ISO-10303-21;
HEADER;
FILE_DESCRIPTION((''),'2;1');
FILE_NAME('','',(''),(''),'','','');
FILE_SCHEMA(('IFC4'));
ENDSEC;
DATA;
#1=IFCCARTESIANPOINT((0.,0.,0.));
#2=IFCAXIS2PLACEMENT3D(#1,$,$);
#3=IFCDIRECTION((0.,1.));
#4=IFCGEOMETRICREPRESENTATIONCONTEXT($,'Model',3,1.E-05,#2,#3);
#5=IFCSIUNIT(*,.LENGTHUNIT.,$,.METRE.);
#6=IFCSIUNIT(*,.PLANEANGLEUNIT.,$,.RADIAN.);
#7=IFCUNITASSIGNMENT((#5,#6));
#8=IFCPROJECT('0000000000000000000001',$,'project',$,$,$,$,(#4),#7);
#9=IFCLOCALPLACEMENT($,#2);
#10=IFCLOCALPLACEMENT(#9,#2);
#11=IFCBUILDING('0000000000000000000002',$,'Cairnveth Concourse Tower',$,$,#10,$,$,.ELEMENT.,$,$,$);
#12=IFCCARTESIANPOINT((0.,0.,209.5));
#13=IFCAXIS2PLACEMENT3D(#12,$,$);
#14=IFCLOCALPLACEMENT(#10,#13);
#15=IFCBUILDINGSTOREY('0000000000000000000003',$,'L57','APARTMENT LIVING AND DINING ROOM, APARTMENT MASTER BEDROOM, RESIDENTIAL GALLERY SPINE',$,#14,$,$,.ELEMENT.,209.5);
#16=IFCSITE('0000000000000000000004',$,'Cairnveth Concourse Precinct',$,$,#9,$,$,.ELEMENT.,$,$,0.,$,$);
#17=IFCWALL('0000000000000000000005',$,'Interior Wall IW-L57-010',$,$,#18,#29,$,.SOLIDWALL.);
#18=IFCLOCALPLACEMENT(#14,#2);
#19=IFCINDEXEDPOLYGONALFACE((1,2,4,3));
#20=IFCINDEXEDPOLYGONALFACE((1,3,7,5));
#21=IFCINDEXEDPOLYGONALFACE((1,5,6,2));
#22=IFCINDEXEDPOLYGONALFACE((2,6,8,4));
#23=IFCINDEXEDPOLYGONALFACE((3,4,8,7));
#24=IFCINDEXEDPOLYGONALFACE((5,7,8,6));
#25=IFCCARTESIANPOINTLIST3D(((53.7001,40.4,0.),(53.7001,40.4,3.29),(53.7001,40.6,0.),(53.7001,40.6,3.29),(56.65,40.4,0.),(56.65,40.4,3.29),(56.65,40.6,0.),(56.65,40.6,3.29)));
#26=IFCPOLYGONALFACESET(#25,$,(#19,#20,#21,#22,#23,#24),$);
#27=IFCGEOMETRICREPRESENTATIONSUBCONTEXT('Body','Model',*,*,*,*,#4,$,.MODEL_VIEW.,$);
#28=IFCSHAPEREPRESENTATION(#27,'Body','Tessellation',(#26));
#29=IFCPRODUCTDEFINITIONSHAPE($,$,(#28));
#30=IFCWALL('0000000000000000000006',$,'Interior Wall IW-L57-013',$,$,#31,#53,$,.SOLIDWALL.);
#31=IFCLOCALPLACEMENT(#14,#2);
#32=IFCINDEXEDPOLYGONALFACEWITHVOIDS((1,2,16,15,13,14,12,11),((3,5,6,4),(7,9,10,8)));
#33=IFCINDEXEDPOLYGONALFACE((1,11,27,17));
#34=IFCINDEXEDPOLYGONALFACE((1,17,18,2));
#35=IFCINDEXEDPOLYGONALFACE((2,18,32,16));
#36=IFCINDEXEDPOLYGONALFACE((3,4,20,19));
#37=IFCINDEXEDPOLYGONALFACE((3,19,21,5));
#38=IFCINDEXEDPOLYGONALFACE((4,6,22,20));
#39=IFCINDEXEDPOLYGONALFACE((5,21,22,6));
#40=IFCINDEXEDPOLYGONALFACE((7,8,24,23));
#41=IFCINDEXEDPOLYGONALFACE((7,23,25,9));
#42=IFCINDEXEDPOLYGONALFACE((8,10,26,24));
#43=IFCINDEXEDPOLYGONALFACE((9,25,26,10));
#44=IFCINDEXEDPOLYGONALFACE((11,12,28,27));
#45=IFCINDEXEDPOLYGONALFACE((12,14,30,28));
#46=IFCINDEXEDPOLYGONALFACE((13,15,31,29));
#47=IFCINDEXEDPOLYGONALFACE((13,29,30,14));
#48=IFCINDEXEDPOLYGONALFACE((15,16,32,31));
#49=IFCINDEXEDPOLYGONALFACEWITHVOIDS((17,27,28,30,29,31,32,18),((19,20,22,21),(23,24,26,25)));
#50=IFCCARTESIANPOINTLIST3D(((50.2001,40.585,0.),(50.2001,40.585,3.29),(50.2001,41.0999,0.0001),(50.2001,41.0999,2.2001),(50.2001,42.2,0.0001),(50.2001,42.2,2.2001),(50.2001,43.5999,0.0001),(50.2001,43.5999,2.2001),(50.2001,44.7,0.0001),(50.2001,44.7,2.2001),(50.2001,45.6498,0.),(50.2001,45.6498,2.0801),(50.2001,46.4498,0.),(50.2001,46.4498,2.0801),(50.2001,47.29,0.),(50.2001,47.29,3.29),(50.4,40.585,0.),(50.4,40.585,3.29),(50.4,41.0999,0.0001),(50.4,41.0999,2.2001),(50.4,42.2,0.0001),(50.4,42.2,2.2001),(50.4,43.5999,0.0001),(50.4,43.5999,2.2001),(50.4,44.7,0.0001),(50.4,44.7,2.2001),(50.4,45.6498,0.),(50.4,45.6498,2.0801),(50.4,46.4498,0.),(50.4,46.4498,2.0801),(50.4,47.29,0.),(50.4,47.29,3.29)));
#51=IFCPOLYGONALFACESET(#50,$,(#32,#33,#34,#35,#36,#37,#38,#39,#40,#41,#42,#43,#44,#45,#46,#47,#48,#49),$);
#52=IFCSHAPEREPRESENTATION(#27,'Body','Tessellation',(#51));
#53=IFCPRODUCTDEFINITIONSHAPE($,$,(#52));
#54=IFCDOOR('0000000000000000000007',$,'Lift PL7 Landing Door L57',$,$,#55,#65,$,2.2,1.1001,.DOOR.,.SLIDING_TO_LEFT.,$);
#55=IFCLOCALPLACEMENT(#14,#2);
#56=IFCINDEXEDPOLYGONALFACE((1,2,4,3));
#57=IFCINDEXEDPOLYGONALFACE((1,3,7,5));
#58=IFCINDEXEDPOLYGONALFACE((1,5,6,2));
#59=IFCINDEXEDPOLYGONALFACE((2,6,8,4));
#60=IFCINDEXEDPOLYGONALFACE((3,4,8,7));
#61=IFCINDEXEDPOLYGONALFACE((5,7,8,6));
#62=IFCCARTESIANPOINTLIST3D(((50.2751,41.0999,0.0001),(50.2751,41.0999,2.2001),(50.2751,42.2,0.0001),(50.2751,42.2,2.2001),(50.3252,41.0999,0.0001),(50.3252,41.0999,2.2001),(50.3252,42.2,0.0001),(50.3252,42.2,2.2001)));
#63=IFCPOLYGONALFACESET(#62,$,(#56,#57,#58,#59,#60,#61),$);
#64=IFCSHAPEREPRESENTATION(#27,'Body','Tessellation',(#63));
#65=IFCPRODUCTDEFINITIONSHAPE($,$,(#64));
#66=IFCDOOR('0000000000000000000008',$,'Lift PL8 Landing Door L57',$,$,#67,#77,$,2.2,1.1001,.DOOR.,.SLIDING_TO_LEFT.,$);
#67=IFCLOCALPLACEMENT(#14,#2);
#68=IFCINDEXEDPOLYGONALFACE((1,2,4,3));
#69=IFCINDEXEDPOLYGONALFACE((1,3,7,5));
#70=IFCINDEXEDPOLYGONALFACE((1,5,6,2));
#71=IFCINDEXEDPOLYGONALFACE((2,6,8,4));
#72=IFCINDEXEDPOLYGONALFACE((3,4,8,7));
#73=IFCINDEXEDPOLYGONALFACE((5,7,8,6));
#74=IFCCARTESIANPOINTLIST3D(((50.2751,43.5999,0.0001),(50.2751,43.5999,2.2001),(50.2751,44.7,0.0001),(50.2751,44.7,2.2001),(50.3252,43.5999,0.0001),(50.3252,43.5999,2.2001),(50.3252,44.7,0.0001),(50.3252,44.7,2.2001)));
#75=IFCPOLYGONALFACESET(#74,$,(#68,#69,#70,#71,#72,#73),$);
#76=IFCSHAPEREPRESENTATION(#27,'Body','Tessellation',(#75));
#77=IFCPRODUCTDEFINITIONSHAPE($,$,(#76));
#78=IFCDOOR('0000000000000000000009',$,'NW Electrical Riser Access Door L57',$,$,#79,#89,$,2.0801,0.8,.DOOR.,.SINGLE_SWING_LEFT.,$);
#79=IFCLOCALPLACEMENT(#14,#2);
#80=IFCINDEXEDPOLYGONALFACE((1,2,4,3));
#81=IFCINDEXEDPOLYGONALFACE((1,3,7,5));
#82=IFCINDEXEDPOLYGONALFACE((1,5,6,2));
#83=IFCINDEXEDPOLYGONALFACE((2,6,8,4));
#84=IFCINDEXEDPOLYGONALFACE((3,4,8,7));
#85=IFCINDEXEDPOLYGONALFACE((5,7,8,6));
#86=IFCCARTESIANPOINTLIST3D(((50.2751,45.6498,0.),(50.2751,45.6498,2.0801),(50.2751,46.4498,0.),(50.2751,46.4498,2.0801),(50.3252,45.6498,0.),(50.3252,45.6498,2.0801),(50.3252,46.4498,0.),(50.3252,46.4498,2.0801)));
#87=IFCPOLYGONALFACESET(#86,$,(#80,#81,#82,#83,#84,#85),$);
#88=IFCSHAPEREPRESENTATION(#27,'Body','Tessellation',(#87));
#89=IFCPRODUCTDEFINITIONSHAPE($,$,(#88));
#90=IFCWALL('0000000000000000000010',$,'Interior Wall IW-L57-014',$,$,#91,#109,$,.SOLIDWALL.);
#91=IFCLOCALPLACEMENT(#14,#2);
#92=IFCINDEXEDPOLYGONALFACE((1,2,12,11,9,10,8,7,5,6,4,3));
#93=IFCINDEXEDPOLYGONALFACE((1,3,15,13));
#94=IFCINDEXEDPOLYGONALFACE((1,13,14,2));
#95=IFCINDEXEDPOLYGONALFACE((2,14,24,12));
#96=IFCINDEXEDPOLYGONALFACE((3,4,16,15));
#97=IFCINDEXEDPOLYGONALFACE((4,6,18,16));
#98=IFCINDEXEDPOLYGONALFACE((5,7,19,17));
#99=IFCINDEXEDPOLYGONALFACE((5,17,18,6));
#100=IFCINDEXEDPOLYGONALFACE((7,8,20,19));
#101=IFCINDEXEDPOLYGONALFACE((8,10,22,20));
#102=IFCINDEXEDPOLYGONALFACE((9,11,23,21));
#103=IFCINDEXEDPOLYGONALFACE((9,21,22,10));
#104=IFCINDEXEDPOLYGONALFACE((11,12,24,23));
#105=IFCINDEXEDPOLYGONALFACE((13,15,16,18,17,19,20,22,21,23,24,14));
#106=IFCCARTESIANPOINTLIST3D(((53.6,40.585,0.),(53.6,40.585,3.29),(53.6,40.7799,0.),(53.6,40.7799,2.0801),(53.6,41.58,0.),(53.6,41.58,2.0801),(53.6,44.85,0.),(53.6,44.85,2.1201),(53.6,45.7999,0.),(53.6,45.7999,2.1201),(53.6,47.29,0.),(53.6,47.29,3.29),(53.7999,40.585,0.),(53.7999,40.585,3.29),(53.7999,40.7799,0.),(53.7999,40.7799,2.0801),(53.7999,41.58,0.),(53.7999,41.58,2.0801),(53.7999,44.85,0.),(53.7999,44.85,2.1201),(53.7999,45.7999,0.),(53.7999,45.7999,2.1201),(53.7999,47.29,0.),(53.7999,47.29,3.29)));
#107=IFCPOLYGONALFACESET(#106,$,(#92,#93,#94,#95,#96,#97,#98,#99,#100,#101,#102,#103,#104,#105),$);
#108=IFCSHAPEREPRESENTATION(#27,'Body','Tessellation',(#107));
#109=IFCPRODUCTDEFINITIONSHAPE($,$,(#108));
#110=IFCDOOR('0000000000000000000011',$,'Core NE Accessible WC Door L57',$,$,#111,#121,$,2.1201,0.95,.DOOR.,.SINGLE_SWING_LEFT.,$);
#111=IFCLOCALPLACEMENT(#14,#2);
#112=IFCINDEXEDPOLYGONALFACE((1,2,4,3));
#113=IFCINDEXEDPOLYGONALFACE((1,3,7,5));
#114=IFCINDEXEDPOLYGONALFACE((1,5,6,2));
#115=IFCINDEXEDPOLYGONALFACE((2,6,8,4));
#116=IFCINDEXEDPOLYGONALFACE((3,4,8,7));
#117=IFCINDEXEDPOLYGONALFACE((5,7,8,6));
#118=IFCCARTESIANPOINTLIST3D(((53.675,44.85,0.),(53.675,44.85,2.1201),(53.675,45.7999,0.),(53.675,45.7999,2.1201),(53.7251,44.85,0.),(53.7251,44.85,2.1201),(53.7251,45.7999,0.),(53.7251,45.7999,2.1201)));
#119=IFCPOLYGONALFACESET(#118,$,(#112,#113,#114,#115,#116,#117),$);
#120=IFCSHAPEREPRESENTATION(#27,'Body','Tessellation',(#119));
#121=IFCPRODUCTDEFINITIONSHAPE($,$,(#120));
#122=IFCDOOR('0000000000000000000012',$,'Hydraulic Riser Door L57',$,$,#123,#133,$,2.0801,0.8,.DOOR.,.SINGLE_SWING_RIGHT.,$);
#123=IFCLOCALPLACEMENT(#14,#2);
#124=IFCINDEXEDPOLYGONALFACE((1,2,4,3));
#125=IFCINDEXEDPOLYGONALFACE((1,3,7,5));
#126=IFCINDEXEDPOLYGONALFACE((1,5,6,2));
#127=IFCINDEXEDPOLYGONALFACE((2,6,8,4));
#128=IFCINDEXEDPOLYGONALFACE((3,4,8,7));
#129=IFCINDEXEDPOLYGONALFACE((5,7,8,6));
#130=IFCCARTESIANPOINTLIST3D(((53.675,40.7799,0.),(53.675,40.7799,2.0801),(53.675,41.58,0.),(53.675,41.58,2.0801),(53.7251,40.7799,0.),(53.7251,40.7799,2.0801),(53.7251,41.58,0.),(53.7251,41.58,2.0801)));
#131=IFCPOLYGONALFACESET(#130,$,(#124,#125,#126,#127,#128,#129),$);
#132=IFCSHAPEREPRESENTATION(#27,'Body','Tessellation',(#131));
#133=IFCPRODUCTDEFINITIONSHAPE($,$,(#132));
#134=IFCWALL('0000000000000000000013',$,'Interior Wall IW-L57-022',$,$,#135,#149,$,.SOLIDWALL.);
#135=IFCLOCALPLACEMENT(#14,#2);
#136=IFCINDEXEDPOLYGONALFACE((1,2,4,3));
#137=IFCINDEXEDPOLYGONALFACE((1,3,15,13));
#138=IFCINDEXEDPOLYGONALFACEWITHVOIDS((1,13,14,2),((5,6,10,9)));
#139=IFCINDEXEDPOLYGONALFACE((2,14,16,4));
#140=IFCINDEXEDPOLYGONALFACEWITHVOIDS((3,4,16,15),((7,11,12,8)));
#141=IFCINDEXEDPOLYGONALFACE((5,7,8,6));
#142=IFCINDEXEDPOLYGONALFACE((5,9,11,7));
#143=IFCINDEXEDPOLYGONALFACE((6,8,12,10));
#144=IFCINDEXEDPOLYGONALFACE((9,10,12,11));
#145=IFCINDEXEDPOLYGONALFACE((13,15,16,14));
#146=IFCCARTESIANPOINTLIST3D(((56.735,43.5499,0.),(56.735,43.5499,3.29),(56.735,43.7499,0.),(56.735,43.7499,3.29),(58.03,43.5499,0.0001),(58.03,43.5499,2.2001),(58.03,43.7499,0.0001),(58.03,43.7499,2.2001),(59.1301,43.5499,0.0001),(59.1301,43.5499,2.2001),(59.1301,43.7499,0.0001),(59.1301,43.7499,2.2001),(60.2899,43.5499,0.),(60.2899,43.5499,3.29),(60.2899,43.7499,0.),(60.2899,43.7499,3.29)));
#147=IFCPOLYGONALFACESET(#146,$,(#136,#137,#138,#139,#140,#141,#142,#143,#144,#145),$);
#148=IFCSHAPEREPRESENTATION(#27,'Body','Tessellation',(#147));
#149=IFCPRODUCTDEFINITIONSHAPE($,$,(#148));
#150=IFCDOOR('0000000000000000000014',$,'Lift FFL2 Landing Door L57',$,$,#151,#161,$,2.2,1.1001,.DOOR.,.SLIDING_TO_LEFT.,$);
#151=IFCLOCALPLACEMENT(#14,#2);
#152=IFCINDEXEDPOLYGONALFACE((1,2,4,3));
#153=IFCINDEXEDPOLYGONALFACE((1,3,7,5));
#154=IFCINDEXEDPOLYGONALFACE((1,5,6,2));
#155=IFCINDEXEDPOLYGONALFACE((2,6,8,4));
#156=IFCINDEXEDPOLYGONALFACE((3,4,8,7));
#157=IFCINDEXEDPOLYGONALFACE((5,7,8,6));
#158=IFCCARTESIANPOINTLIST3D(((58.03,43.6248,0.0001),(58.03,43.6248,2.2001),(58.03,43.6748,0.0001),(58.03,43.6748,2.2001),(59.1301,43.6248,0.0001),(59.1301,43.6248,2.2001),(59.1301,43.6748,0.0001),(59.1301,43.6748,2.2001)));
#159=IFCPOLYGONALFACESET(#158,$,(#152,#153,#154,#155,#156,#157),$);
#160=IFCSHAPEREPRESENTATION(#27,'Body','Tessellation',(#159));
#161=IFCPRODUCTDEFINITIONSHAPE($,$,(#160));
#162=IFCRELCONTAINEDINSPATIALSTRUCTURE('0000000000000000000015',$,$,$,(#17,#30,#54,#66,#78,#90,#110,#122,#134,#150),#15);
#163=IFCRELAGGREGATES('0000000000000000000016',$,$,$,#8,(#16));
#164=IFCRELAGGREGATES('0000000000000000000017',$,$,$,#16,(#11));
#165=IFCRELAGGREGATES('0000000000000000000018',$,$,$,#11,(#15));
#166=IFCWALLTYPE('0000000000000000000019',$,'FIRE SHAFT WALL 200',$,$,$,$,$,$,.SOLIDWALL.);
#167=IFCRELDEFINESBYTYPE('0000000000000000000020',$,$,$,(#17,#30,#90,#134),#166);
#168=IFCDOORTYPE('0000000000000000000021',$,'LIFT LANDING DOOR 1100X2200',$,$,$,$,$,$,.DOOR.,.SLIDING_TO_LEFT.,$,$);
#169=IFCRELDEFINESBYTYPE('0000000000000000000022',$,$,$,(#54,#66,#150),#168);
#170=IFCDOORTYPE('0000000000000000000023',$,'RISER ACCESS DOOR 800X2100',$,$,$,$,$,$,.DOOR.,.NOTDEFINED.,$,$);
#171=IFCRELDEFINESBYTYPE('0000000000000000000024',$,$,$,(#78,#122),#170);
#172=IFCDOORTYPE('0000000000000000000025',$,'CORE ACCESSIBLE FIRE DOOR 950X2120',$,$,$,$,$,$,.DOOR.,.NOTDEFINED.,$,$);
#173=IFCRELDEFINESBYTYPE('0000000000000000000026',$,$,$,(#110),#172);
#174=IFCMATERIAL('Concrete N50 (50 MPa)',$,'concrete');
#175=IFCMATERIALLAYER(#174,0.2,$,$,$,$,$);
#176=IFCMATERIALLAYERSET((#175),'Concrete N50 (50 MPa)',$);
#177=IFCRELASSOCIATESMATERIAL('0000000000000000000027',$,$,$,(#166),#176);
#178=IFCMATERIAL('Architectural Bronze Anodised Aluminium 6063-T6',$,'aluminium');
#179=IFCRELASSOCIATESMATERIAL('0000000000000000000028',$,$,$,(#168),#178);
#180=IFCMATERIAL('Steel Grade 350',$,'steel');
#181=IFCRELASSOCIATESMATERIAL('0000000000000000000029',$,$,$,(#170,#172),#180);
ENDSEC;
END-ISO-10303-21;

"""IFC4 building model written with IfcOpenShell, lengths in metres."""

from ifc_helpers import new_model, si_unit, direction, frame, frame_2d, origin, place, context, subcontext, project, spatial, rectangle, extrude, material, layer, layer_set, type_object, element, fill, save


model = new_model("IFC4")

# Units and contexts
model_context = context("Model", 3, precision=1e-05, world=origin(), true_north=direction((0.0, 1.0)))
body_context = subcontext(model_context, "Body", "Model", "MODEL_VIEW")
ifc_project = project(units=[si_unit("LENGTHUNIT", "METRE"), si_unit("PLANEANGLEUNIT", "RADIAN")], contexts=[model_context])

# Site, building, storey
site_placement = place(None, origin())
site = spatial("IfcSite", under=ifc_project, at=site_placement, Name="Cairnveth Concourse Precinct", CompositionType="ELEMENT", RefElevation=0.0)
building_placement = place(site_placement, origin())
building = spatial("IfcBuilding", under=site, at=building_placement, Name="Cairnveth Concourse Tower", CompositionType="ELEMENT")
storey_placement = place(building_placement, frame((0.0, 0.0, 209.5)))
storey = spatial("IfcBuildingStorey", under=building, at=storey_placement, Name="L57", Description="APARTMENT LIVING AND DINING ROOM, APARTMENT MASTER BEDROOM, RESIDENTIAL GALLERY SPINE", CompositionType="ELEMENT", Elevation=209.5)

# Shared definitions
ifc_material_1 = material(Name="Steel Grade 350", Category="steel")

# Wall
ifc_material_2 = material(Name="Concrete N50 (50 MPa)", Category="concrete")
ifc_layer_1 = layer(ifc_material_2, 0.2)
ifc_layer_set_1 = layer_set([ifc_layer_1], Name="Concrete N50 (50 MPa)")
wall_type_1 = type_object("IfcWallType", Name="FIRE SHAFT WALL 200", PredefinedType="SOLIDWALL", material=ifc_layer_set_1)
wall_1_placement = place(storey_placement, frame((53.7, 40.5, 0.0), z_axis=(0.0, 0.0, 1.0), x_axis=(1.0, 0.0, 0.0)))
element("IfcWall", 1, at=wall_1_placement, inside=storey, type_object=wall_type_1, Name="Interior Wall IW-L57-010", PredefinedType="SOLIDWALL", context=body_context, shape_type="SweptSolid", body=[
    extrude(rectangle(XDim=2.95, YDim=0.2, at=frame_2d((1.4751, 0.0))), origin(), (0.0, 0.0, 1.0), 3.29),
])

# Walls, openings, doors
wall_2_placement = place(storey_placement, frame((50.3, 40.585, 0.0), z_axis=(0.0, 0.0, 1.0), x_axis=(0.0, 1.0, 0.0)))
wall_2 = element("IfcWall", 2, at=wall_2_placement, inside=storey, type_object=wall_type_1, Name="Interior Wall IW-L57-013", PredefinedType="SOLIDWALL", context=body_context, shape_type="SweptSolid", body=[
    extrude(rectangle(XDim=6.7051, YDim=0.2, at=frame_2d((3.3525, 0.0))), origin(), (0.0, 0.0, 1.0), 3.29),
])
opening_1_placement = place(wall_2_placement, frame((0.5149, 0.0, 0.0)))
opening_1 = element("IfcOpeningElement", 3, at=opening_1_placement, cuts=wall_2, PredefinedType="OPENING", context=body_context, shape_type="SweptSolid", body=[
    extrude(rectangle(XDim=1.1001, YDim=2.2, at=frame_2d((0.55, 1.1001))), frame((0.0, 0.1099, 0.0), z_axis=(0.0, -1.0, 0.0), x_axis=(1.0, 0.0, 0.0)), (0.0, 0.0, 1.0), 0.22),
])
opening_2_placement = place(wall_2_placement, frame((3.0149, 0.0, 0.0)))
opening_2 = element("IfcOpeningElement", 4, at=opening_2_placement, cuts=wall_2, PredefinedType="OPENING", context=body_context, shape_type="SweptSolid", body=[
    extrude(rectangle(XDim=1.1001, YDim=2.2, at=frame_2d((0.55, 1.1001))), frame((0.0, 0.1099, 0.0), z_axis=(0.0, -1.0, 0.0), x_axis=(1.0, 0.0, 0.0)), (0.0, 0.0, 1.0), 0.22),
])
opening_3_placement = place(wall_2_placement, frame((5.0649, 0.0, 0.0)))
opening_3 = element("IfcOpeningElement", 5, at=opening_3_placement, cuts=wall_2, PredefinedType="OPENING", context=body_context, shape_type="SweptSolid", body=[
    extrude(rectangle(XDim=0.8, YDim=2.0801, at=frame_2d((0.3999, 1.04))), frame((0.0, 0.1099, 0.0), z_axis=(0.0, -1.0, 0.0), x_axis=(1.0, 0.0, 0.0)), (0.0, 0.0, 1.0), 0.22),
])
ifc_material_3 = material(Name="Architectural Bronze Anodised Aluminium 6063-T6", Category="aluminium")
door_type_1 = type_object("IfcDoorType", Name="LIFT LANDING DOOR 1100X2200", OperationType="SLIDING_TO_LEFT", PredefinedType="DOOR", material=ifc_material_3)
door_1_placement = place(opening_1_placement, origin())
door_1 = element("IfcDoor", 6, at=door_1_placement, inside=storey, type_object=door_type_1, Name="Lift PL7 Landing Door L57", OperationType="SLIDING_TO_LEFT", OverallHeight=2.2, OverallWidth=1.1001, PredefinedType="DOOR", context=body_context, shape_type="SweptSolid", body=[
    extrude(rectangle(XDim=1.1001, YDim=2.2, at=frame_2d((0.55, 1.1001))), frame((0.0, 0.0249, 0.0), z_axis=(0.0, -1.0, 0.0), x_axis=(1.0, 0.0, 0.0)), (0.0, 0.0, 1.0), 0.05),
])
fill(opening_1, door_1)
door_2_placement = place(opening_2_placement, origin())
door_2 = element("IfcDoor", 7, at=door_2_placement, inside=storey, type_object=door_type_1, Name="Lift PL8 Landing Door L57", OperationType="SLIDING_TO_LEFT", OverallHeight=2.2, OverallWidth=1.1001, PredefinedType="DOOR", context=body_context, shape_type="SweptSolid", body=[
    extrude(rectangle(XDim=1.1001, YDim=2.2, at=frame_2d((0.55, 1.1001))), frame((0.0, 0.0249, 0.0), z_axis=(0.0, -1.0, 0.0), x_axis=(1.0, 0.0, 0.0)), (0.0, 0.0, 1.0), 0.05),
])
fill(opening_2, door_2)
door_type_2 = type_object("IfcDoorType", Name="RISER ACCESS DOOR 800X2100", OperationType="NOTDEFINED", PredefinedType="DOOR", material=ifc_material_1)
door_3_placement = place(opening_3_placement, origin())
door_3 = element("IfcDoor", 8, at=door_3_placement, inside=storey, type_object=door_type_2, Name="NW Electrical Riser Access Door L57", OperationType="SINGLE_SWING_LEFT", OverallHeight=2.0801, OverallWidth=0.8, PredefinedType="DOOR", context=body_context, shape_type="SweptSolid", body=[
    extrude(rectangle(XDim=0.8, YDim=2.0801, at=frame_2d((0.3999, 1.04))), frame((0.0, 0.0249, 0.0), z_axis=(0.0, -1.0, 0.0), x_axis=(1.0, 0.0, 0.0)), (0.0, 0.0, 1.0), 0.05),
])
fill(opening_3, door_3)
wall_3_placement = place(storey_placement, frame((53.7, 40.585, 0.0), z_axis=(0.0, 0.0, 1.0), x_axis=(0.0, 1.0, 0.0)))
wall_3 = element("IfcWall", 9, at=wall_3_placement, inside=storey, type_object=wall_type_1, Name="Interior Wall IW-L57-014", PredefinedType="SOLIDWALL", context=body_context, shape_type="SweptSolid", body=[
    extrude(rectangle(XDim=6.7051, YDim=0.2, at=frame_2d((3.3525, 0.0))), origin(), (0.0, 0.0, 1.0), 3.29),
])
opening_4_placement = place(wall_3_placement, frame((0.1951, 0.0, 0.0)))
opening_4 = element("IfcOpeningElement", 10, at=opening_4_placement, cuts=wall_3, PredefinedType="OPENING", context=body_context, shape_type="SweptSolid", body=[
    extrude(rectangle(XDim=0.8, YDim=2.0801, at=frame_2d((0.3999, 1.04))), frame((0.0, 0.1099, 0.0), z_axis=(0.0, -1.0, 0.0), x_axis=(1.0, 0.0, 0.0)), (0.0, 0.0, 1.0), 0.22),
])
opening_5_placement = place(wall_3_placement, frame((4.2649, 0.0, 0.0)))
opening_5 = element("IfcOpeningElement", 11, at=opening_5_placement, cuts=wall_3, PredefinedType="OPENING", context=body_context, shape_type="SweptSolid", body=[
    extrude(rectangle(XDim=0.95, YDim=2.1201, at=frame_2d((0.4751, 1.0601))), frame((0.0, 0.1099, 0.0), z_axis=(0.0, -1.0, 0.0), x_axis=(1.0, 0.0, 0.0)), (0.0, 0.0, 1.0), 0.22),
])
door_type_3 = type_object("IfcDoorType", Name="CORE ACCESSIBLE FIRE DOOR 950X2120", OperationType="NOTDEFINED", PredefinedType="DOOR", material=ifc_material_1)
door_4_placement = place(opening_5_placement, origin())
door_4 = element("IfcDoor", 12, at=door_4_placement, inside=storey, type_object=door_type_3, Name="Core NE Accessible WC Door L57", OperationType="SINGLE_SWING_LEFT", OverallHeight=2.1201, OverallWidth=0.95, PredefinedType="DOOR", context=body_context, shape_type="SweptSolid", body=[
    extrude(rectangle(XDim=0.95, YDim=2.1201, at=frame_2d((0.4751, 1.0601))), frame((0.0, 0.0249, 0.0), z_axis=(0.0, -1.0, 0.0), x_axis=(1.0, 0.0, 0.0)), (0.0, 0.0, 1.0), 0.05),
])
fill(opening_5, door_4)
door_5_placement = place(opening_4_placement, origin())
door_5 = element("IfcDoor", 13, at=door_5_placement, inside=storey, type_object=door_type_2, Name="Hydraulic Riser Door L57", OperationType="SINGLE_SWING_RIGHT", OverallHeight=2.0801, OverallWidth=0.8, PredefinedType="DOOR", context=body_context, shape_type="SweptSolid", body=[
    extrude(rectangle(XDim=0.8, YDim=2.0801, at=frame_2d((0.3999, 1.04))), frame((0.0, 0.0249, 0.0), z_axis=(0.0, -1.0, 0.0), x_axis=(1.0, 0.0, 0.0)), (0.0, 0.0, 1.0), 0.05),
])
fill(opening_4, door_5)

# Wall, opening, door
wall_4_placement = place(storey_placement, frame((56.7351, 43.6499, 0.0), z_axis=(0.0, 0.0, 1.0), x_axis=(1.0, 0.0, 0.0)))
wall_4 = element("IfcWall", 14, at=wall_4_placement, inside=storey, type_object=wall_type_1, Name="Interior Wall IW-L57-022", PredefinedType="SOLIDWALL", context=body_context, shape_type="SweptSolid", body=[
    extrude(rectangle(XDim=3.5549, YDim=0.2, at=frame_2d((1.7773, 0.0))), origin(), (0.0, 0.0, 1.0), 3.29),
])
opening_6_placement = place(wall_4_placement, frame((1.2949, 0.0, 0.0)))
opening_6 = element("IfcOpeningElement", 15, at=opening_6_placement, cuts=wall_4, PredefinedType="OPENING", context=body_context, shape_type="SweptSolid", body=[
    extrude(rectangle(XDim=1.1001, YDim=2.2, at=frame_2d((0.55, 1.1001))), frame((0.0, 0.1099, 0.0), z_axis=(0.0, -1.0, 0.0), x_axis=(1.0, 0.0, 0.0)), (0.0, 0.0, 1.0), 0.22),
])
door_6_placement = place(opening_6_placement, origin())
door_6 = element("IfcDoor", 16, at=door_6_placement, inside=storey, type_object=door_type_1, Name="Lift FFL2 Landing Door L57", OperationType="SLIDING_TO_LEFT", OverallHeight=2.2, OverallWidth=1.1001, PredefinedType="DOOR", context=body_context, shape_type="SweptSolid", body=[
    extrude(rectangle(XDim=1.1001, YDim=2.2, at=frame_2d((0.55, 1.1001))), frame((0.0, 0.0249, 0.0), z_axis=(0.0, -1.0, 0.0), x_axis=(1.0, 0.0, 0.0)), (0.0, 0.0, 1.0), 0.05),
])
fill(opening_6, door_6)

save(model, "model.ifc")
